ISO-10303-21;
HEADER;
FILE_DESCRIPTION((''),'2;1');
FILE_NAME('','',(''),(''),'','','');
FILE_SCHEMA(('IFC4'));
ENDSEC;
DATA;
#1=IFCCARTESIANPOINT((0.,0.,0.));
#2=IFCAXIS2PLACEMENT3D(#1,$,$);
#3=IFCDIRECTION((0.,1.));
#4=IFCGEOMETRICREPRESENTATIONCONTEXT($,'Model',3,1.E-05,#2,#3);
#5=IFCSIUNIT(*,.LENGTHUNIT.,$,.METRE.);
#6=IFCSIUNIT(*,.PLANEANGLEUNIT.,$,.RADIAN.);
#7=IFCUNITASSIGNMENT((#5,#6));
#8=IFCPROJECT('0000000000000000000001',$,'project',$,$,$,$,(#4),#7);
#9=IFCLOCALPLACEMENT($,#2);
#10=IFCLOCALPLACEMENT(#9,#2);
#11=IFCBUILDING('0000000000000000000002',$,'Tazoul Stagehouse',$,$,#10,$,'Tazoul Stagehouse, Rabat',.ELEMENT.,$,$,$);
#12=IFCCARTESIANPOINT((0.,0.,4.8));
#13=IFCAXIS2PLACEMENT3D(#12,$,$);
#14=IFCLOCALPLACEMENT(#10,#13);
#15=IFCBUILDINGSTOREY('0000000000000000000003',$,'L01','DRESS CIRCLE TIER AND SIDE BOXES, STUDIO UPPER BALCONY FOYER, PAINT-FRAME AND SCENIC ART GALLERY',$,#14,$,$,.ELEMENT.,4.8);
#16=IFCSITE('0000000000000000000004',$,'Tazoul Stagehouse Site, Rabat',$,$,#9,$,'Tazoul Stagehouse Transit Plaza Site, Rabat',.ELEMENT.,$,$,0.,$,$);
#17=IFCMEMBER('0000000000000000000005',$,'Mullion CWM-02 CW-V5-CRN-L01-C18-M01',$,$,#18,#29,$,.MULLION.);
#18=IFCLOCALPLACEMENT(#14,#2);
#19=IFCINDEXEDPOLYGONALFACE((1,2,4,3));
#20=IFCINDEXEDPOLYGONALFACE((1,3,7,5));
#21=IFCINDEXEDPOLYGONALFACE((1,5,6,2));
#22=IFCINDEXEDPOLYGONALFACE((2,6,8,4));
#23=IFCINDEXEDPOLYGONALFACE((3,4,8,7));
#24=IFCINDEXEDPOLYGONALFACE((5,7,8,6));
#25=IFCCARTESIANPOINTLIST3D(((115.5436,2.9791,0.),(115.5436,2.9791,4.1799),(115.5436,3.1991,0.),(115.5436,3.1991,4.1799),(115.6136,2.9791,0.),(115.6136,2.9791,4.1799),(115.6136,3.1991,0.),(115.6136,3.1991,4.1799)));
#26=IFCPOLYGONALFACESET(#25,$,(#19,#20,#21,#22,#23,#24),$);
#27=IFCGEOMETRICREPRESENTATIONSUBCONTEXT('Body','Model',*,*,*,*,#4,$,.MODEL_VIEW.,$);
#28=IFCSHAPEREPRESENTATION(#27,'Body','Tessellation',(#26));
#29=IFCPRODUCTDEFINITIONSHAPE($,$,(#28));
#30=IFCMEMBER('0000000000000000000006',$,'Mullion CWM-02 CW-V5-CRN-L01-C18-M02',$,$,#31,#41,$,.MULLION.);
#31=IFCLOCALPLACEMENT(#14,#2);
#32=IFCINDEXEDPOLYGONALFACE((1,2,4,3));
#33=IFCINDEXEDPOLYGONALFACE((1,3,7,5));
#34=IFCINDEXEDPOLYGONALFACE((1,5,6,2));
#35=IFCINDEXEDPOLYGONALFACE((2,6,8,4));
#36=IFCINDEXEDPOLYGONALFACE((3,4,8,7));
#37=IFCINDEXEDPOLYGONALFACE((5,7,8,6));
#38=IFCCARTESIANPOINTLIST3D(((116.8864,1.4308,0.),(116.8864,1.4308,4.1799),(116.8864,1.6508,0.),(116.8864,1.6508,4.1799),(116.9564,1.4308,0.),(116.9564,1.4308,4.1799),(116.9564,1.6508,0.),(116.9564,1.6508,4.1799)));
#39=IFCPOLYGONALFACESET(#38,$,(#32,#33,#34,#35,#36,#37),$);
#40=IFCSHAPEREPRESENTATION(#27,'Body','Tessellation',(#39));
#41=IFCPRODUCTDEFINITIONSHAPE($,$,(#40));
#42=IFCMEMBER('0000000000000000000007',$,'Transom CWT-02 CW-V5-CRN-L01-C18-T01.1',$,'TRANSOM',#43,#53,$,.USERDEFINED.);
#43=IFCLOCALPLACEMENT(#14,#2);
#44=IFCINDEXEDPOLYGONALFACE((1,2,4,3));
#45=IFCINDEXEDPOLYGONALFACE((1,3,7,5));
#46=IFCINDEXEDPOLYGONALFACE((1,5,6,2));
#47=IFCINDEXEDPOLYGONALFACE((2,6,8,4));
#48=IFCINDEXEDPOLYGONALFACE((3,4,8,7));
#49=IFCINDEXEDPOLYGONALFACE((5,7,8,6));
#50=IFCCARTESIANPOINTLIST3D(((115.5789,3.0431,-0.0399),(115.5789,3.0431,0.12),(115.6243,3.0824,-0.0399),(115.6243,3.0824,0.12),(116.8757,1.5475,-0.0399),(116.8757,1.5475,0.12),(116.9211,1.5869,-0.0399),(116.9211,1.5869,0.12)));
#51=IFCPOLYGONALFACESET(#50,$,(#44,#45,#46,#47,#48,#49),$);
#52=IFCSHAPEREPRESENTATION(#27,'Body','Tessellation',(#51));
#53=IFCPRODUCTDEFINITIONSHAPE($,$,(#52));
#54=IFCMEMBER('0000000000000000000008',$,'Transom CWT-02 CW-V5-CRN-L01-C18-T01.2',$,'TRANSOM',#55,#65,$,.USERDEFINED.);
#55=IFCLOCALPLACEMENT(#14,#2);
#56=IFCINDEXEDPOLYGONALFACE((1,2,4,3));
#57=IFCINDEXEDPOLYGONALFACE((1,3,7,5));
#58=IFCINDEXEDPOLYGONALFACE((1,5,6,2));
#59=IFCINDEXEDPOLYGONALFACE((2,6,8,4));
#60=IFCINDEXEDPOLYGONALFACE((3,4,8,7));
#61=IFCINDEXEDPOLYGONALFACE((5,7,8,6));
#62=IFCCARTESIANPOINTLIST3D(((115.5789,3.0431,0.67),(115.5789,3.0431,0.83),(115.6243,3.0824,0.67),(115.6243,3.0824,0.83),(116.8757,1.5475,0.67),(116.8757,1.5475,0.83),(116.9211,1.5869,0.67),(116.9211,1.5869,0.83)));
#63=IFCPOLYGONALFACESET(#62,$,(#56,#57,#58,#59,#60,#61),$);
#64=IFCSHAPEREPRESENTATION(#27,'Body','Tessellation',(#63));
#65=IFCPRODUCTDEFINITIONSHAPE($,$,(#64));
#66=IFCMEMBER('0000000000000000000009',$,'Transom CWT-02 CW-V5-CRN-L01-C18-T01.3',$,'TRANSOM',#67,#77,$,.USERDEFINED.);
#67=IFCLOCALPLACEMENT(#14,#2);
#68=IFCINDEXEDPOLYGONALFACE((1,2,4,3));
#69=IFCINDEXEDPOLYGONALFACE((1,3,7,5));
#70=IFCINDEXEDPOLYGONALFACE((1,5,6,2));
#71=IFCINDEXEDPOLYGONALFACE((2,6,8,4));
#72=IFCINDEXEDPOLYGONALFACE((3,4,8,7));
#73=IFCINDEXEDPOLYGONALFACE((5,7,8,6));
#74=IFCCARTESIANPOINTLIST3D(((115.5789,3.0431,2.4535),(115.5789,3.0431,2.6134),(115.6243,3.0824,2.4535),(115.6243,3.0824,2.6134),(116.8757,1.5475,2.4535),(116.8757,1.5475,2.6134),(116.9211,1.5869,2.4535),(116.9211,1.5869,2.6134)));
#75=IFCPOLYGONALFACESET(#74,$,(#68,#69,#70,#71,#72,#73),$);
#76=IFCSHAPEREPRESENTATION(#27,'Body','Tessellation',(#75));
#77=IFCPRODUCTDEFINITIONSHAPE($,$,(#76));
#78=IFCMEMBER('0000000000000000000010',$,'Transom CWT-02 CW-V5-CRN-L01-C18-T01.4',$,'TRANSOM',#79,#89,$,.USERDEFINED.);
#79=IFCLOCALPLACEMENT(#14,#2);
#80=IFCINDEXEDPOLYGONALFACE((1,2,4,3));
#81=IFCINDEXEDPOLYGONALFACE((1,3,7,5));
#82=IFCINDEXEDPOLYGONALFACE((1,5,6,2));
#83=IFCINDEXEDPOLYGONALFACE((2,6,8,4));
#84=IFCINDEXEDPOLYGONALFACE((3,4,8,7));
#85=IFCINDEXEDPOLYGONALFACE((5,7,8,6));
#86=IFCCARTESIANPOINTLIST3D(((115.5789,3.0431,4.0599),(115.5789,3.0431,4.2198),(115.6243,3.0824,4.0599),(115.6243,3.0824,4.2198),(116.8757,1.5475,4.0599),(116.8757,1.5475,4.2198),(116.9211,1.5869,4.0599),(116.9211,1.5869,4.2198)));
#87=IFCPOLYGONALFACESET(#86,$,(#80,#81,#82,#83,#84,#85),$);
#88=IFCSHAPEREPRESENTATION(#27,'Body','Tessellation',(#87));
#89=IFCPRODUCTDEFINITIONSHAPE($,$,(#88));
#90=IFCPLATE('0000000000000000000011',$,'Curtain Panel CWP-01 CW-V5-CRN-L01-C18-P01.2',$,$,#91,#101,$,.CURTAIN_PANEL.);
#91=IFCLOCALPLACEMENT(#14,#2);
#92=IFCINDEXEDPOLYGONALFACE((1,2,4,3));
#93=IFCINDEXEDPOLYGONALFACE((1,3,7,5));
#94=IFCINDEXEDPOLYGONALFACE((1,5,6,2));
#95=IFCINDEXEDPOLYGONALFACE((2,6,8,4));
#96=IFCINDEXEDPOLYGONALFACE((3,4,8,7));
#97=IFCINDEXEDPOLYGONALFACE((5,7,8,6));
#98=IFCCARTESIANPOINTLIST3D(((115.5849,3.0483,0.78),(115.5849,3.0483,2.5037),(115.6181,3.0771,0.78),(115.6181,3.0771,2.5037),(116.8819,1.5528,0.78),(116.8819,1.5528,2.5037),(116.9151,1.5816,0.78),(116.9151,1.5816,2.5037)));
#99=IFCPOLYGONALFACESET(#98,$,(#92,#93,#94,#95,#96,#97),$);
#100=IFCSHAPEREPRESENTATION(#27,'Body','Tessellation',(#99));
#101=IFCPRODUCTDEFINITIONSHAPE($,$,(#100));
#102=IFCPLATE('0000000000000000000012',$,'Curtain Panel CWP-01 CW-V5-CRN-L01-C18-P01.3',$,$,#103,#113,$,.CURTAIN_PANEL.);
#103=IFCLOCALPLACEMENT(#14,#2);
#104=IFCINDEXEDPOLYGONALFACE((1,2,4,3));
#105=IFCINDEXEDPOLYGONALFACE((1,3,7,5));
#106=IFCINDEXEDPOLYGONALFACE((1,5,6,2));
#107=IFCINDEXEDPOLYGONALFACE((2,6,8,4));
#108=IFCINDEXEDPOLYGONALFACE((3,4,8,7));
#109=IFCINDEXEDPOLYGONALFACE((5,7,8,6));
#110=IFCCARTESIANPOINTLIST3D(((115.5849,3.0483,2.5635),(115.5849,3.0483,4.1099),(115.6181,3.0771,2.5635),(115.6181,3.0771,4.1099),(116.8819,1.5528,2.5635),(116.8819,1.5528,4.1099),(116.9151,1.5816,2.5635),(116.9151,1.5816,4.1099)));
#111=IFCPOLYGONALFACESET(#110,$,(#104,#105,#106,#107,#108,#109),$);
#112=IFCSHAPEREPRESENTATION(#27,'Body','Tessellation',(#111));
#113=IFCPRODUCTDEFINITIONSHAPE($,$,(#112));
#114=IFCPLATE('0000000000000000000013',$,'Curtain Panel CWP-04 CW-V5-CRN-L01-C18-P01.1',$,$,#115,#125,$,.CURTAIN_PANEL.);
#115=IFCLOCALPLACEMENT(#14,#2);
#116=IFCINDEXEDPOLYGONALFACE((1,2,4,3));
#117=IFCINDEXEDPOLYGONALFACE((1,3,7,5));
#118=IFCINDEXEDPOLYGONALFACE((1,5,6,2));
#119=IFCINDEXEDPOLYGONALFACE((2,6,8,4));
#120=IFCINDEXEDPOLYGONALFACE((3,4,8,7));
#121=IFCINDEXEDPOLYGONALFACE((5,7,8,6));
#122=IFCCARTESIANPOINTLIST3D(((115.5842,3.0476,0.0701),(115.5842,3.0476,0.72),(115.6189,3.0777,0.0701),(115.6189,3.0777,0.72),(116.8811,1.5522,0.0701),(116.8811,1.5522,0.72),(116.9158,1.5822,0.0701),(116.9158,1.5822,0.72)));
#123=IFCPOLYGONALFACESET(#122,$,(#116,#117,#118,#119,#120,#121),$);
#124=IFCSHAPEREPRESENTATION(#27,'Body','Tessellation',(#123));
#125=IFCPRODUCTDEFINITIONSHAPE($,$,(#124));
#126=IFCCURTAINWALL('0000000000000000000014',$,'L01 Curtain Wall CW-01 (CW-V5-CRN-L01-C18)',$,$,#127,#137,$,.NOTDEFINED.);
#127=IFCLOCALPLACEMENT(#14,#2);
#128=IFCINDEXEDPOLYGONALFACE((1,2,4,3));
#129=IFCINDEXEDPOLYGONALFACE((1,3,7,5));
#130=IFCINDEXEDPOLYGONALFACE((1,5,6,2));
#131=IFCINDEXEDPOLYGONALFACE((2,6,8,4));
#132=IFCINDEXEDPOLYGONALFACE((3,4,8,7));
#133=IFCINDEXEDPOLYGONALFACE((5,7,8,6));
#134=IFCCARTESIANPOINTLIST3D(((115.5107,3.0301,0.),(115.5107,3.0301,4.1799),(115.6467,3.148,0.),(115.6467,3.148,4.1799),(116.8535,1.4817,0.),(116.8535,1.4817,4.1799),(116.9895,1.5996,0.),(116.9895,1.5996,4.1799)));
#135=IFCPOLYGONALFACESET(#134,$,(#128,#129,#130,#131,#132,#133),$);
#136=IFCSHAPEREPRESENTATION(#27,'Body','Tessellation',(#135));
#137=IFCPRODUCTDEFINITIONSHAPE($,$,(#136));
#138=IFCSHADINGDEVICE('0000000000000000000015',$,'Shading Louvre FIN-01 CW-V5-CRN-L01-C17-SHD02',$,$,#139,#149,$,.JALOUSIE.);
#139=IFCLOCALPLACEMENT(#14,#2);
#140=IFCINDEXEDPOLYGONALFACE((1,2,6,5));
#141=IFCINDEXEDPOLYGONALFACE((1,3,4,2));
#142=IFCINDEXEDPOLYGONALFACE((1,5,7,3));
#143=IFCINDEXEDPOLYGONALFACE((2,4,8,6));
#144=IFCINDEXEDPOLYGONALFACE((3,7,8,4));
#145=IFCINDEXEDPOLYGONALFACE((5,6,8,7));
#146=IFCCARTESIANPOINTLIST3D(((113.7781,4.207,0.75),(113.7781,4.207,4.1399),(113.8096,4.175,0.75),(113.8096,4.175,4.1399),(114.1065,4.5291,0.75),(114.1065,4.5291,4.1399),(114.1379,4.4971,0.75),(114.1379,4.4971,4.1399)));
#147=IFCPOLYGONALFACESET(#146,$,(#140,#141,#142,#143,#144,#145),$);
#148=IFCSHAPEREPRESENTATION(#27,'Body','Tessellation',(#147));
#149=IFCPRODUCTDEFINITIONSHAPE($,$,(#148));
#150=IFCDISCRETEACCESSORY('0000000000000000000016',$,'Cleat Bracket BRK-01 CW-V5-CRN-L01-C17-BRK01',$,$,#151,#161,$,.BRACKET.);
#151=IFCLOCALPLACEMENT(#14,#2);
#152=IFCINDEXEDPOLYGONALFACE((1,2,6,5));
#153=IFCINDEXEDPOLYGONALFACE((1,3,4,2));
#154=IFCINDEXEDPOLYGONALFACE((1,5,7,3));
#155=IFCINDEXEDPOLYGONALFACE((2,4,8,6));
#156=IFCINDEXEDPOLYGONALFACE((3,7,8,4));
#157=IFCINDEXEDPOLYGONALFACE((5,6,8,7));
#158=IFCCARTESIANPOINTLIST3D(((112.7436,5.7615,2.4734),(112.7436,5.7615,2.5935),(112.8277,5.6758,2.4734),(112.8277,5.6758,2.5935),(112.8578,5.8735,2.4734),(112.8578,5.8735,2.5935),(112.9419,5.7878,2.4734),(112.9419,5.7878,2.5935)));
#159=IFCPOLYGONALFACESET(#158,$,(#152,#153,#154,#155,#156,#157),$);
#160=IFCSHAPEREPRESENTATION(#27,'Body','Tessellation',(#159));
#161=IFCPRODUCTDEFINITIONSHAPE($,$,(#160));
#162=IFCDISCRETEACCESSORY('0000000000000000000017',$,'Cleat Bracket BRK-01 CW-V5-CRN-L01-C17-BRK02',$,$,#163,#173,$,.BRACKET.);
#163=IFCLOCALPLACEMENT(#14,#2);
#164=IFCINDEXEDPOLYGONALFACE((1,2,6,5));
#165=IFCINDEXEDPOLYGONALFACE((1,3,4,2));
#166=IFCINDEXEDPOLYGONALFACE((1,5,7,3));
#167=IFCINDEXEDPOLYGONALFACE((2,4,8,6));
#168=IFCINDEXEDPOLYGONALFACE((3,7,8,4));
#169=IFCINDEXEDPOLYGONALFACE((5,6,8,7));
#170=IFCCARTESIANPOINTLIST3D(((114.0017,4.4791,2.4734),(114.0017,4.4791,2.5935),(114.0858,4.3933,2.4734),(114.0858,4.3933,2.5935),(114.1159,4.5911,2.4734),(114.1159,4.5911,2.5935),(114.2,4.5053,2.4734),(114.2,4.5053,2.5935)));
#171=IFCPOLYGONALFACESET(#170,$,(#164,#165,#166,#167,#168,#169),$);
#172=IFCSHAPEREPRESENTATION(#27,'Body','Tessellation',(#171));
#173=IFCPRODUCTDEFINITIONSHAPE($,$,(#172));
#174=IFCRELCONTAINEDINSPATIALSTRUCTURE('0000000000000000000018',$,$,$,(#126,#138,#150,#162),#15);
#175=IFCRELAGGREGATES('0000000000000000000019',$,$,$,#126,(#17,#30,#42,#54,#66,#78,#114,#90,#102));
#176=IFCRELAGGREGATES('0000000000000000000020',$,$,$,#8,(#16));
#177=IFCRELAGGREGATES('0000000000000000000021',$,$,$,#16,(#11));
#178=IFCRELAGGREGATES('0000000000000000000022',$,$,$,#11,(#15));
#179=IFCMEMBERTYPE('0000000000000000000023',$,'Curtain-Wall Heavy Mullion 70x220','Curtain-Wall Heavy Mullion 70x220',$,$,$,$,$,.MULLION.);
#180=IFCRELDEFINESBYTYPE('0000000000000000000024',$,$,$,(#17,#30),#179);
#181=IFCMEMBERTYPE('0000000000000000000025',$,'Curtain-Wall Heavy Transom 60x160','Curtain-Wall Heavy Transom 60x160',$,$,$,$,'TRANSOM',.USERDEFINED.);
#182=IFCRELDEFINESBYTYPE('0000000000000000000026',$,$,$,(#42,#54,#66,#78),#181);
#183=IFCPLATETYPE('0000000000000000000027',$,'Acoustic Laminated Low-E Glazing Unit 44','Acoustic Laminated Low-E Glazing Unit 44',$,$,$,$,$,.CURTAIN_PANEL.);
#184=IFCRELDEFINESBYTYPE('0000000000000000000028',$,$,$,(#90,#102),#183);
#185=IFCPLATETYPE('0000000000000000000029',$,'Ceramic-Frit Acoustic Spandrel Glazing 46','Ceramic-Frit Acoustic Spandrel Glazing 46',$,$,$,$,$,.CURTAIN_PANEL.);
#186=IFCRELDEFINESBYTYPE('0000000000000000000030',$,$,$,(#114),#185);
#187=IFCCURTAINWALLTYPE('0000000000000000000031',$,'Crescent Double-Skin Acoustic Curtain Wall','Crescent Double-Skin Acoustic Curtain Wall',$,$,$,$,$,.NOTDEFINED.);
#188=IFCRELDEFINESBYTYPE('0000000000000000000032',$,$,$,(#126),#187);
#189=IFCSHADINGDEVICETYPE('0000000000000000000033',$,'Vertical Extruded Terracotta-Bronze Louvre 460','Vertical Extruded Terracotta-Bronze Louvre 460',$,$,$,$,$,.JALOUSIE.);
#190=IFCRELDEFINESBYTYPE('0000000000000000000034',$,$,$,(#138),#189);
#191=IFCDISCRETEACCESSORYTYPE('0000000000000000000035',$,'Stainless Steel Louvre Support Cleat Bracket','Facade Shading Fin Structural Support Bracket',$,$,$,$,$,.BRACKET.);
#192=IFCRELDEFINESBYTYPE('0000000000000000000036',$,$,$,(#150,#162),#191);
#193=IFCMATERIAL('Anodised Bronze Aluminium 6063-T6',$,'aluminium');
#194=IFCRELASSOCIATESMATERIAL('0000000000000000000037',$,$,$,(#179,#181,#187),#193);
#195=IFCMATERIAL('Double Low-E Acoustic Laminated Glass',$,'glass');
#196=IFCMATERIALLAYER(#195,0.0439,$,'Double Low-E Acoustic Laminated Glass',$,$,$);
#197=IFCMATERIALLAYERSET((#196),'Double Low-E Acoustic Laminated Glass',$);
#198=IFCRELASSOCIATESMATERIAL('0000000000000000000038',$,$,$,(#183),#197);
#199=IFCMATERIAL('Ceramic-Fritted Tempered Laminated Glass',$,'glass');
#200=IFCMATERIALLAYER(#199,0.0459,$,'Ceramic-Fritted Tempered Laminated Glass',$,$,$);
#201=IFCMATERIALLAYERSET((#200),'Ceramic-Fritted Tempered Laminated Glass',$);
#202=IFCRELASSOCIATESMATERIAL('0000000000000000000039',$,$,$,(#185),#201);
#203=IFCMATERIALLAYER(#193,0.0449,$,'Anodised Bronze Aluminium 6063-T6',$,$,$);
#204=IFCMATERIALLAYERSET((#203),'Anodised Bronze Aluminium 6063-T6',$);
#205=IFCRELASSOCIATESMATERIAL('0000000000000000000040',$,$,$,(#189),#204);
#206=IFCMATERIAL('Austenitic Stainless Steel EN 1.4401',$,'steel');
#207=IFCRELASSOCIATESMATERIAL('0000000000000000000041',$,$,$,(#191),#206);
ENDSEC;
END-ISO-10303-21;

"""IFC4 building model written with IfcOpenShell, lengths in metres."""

from ifc_helpers import new_model, si_unit, direction, frame, frame_2d, origin, origin_2d, place, context, subcontext, project, spatial, rectangle, extrude, material, layer, layer_set, material_profile, profile_set, type_object, element, aggregate, save


model = new_model("IFC4")

# Units and contexts
model_context = context("Model", 3, precision=1e-05, world=origin(), true_north=direction((0.0, 1.0)))
body_context = subcontext(model_context, "Body", "Model", "MODEL_VIEW")
ifc_project = project(units=[si_unit("LENGTHUNIT", "METRE"), si_unit("PLANEANGLEUNIT", "RADIAN")], contexts=[model_context])

# Members
ifc_material_1 = material(Name="Anodised Bronze Aluminium 6063-T6", Category="aluminium")
ifc_material_profile_1 = material_profile(ifc_material_1, rectangle(XDim=0.0701, YDim=0.22, at=origin_2d()), Name="ALU MULLION 70x220")
ifc_profile_set_1 = profile_set([ifc_material_profile_1], Name="Anodised Bronze Aluminium 6063-T6")
member_type_1 = type_object("IfcMemberType", Name="Curtain-Wall Heavy Mullion 70x220", Description="Curtain-Wall Heavy Mullion 70x220", PredefinedType="MULLION", material=ifc_profile_set_1)
site_placement = place(None, origin())
building_placement = place(site_placement, origin())
storey_placement = place(building_placement, frame((0.0, 0.0, 4.8)))
member_1_placement = place(storey_placement, frame((115.5786, 3.0891, 0.0), z_axis=(0.0, 0.0, 1.0), x_axis=(1.0, 0.0, 0.0)))
member_1 = element("IfcMember", 1, at=member_1_placement, type_object=member_type_1, Name="Mullion CWM-02 CW-V5-CRN-L01-C18-M01", PredefinedType="MULLION", context=body_context, shape_type="SweptSolid", body=[
    extrude(rectangle(XDim=0.0701, YDim=0.22, at=origin_2d()), origin(), (0.0, 0.0, 1.0), 4.1799),
])
member_2_placement = place(storey_placement, frame((116.9214, 1.5408, 0.0), z_axis=(0.0, 0.0, 1.0), x_axis=(1.0, 0.0, 0.0)))
member_2 = element("IfcMember", 2, at=member_2_placement, type_object=member_type_1, Name="Mullion CWM-02 CW-V5-CRN-L01-C18-M02", PredefinedType="MULLION", context=body_context, shape_type="SweptSolid", body=[
    extrude(rectangle(XDim=0.0701, YDim=0.22, at=origin_2d()), origin(), (0.0, 0.0, 1.0), 4.1799),
])
ifc_material_profile_2 = material_profile(ifc_material_1, rectangle(XDim=0.0601, YDim=0.1599, at=origin_2d()), Name="ALU TRANSOM 60x160")
ifc_profile_set_2 = profile_set([ifc_material_profile_2], Name="Anodised Bronze Aluminium 6063-T6")
member_type_2 = type_object("IfcMemberType", Name="Curtain-Wall Heavy Transom 60x160", Description="Curtain-Wall Heavy Transom 60x160", ElementType="TRANSOM", PredefinedType="USERDEFINED", material=ifc_profile_set_2)
member_3_placement = place(storey_placement, frame((115.6016, 3.0627, 0.04), z_axis=(0.655128, -0.755518, 0.0), x_axis=(0.755518, 0.655128, 0.0)))
member_3 = element("IfcMember", 3, at=member_3_placement, type_object=member_type_2, Name="Transom CWT-02 CW-V5-CRN-L01-C18-T01.1", ObjectType="TRANSOM", PredefinedType="USERDEFINED", context=body_context, shape_type="SweptSolid", body=[
    extrude(rectangle(XDim=0.0601, YDim=0.1599, at=origin_2d()), origin(), (0.0, 0.0, 1.0), 1.9795),
])
member_4_placement = place(storey_placement, frame((115.6016, 3.0627, 0.75), z_axis=(0.655128, -0.755518, 0.0), x_axis=(0.755518, 0.655128, 0.0)))
member_4 = element("IfcMember", 4, at=member_4_placement, type_object=member_type_2, Name="Transom CWT-02 CW-V5-CRN-L01-C18-T01.2", ObjectType="TRANSOM", PredefinedType="USERDEFINED", context=body_context, shape_type="SweptSolid", body=[
    extrude(rectangle(XDim=0.0601, YDim=0.1599, at=origin_2d()), origin(), (0.0, 0.0, 1.0), 1.9795),
])
member_5_placement = place(storey_placement, frame((115.6016, 3.0627, 2.5334), z_axis=(0.655128, -0.755518, 0.0), x_axis=(0.755518, 0.655128, 0.0)))
member_5 = element("IfcMember", 5, at=member_5_placement, type_object=member_type_2, Name="Transom CWT-02 CW-V5-CRN-L01-C18-T01.3", ObjectType="TRANSOM", PredefinedType="USERDEFINED", context=body_context, shape_type="SweptSolid", body=[
    extrude(rectangle(XDim=0.0601, YDim=0.1599, at=origin_2d()), origin(), (0.0, 0.0, 1.0), 1.9795),
])
member_6_placement = place(storey_placement, frame((115.6016, 3.0627, 4.1399), z_axis=(0.655128, -0.755518, 0.0), x_axis=(0.755518, 0.655128, 0.0)))
member_6 = element("IfcMember", 6, at=member_6_placement, type_object=member_type_2, Name="Transom CWT-02 CW-V5-CRN-L01-C18-T01.4", ObjectType="TRANSOM", PredefinedType="USERDEFINED", context=body_context, shape_type="SweptSolid", body=[
    extrude(rectangle(XDim=0.0601, YDim=0.1599, at=origin_2d()), origin(), (0.0, 0.0, 1.0), 1.9795),
])

# Plates
ifc_material_2 = material(Name="Double Low-E Acoustic Laminated Glass", Category="glass")
ifc_layer_1 = layer(ifc_material_2, 0.0439, Name="Double Low-E Acoustic Laminated Glass")
ifc_layer_set_1 = layer_set([ifc_layer_1], Name="Double Low-E Acoustic Laminated Glass")
plate_type_1 = type_object("IfcPlateType", Name="Acoustic Laminated Low-E Glazing Unit 44", Description="Acoustic Laminated Low-E Glazing Unit 44", PredefinedType="CURTAIN_PANEL", material=ifc_layer_set_1)
plate_1_placement = place(storey_placement, frame((116.25, 2.3149, 0.78), z_axis=(0.0, 0.0, 1.0), x_axis=(0.655168, -0.755483, 0.0)))
plate_1 = element("IfcPlate", 7, at=plate_1_placement, type_object=plate_type_1, Name="Curtain Panel CWP-01 CW-V5-CRN-L01-C18-P01.2", PredefinedType="CURTAIN_PANEL", context=body_context, shape_type="SweptSolid", body=[
    extrude(rectangle(XDim=1.9795, YDim=0.0439, at=origin_2d()), origin(), (0.0, 0.0, 1.0), 1.7236),
])
plate_2_placement = place(storey_placement, frame((116.25, 2.3149, 2.5635), z_axis=(0.0, 0.0, 1.0), x_axis=(0.655168, -0.755483, 0.0)))
plate_2 = element("IfcPlate", 8, at=plate_2_placement, type_object=plate_type_1, Name="Curtain Panel CWP-01 CW-V5-CRN-L01-C18-P01.3", PredefinedType="CURTAIN_PANEL", context=body_context, shape_type="SweptSolid", body=[
    extrude(rectangle(XDim=1.9795, YDim=0.0439, at=origin_2d()), origin(), (0.0, 0.0, 1.0), 1.5464),
])
ifc_material_3 = material(Name="Ceramic-Fritted Tempered Laminated Glass", Category="glass")
ifc_layer_2 = layer(ifc_material_3, 0.0459, Name="Ceramic-Fritted Tempered Laminated Glass")
ifc_layer_set_2 = layer_set([ifc_layer_2], Name="Ceramic-Fritted Tempered Laminated Glass")
plate_type_2 = type_object("IfcPlateType", Name="Ceramic-Frit Acoustic Spandrel Glazing 46", Description="Ceramic-Frit Acoustic Spandrel Glazing 46", PredefinedType="CURTAIN_PANEL", material=ifc_layer_set_2)
plate_3_placement = place(storey_placement, frame((116.25, 2.3149, 0.0701), z_axis=(0.0, 0.0, 1.0), x_axis=(0.655168, -0.755483, 0.0)))
plate_3 = element("IfcPlate", 9, at=plate_3_placement, type_object=plate_type_2, Name="Curtain Panel CWP-04 CW-V5-CRN-L01-C18-P01.1", PredefinedType="CURTAIN_PANEL", context=body_context, shape_type="SweptSolid", body=[
    extrude(rectangle(XDim=1.9795, YDim=0.0459, at=origin_2d()), origin(), (0.0, 0.0, 1.0), 0.6499),
])

# Site, building, storey
site = spatial("IfcSite", under=ifc_project, at=site_placement, Name="Tazoul Stagehouse Site, Rabat", LongName="Tazoul Stagehouse Transit Plaza Site, Rabat", CompositionType="ELEMENT", RefElevation=0.0)
building = spatial("IfcBuilding", under=site, at=building_placement, Name="Tazoul Stagehouse", LongName="Tazoul Stagehouse, Rabat", CompositionType="ELEMENT")
storey = spatial("IfcBuildingStorey", under=building, at=storey_placement, Name="L01", Description="DRESS CIRCLE TIER AND SIDE BOXES, STUDIO UPPER BALCONY FOYER, PAINT-FRAME AND SCENIC ART GALLERY", CompositionType="ELEMENT", Elevation=4.8)

# Curtain wall
curtain_wall_type = type_object("IfcCurtainWallType", Name="Crescent Double-Skin Acoustic Curtain Wall", Description="Crescent Double-Skin Acoustic Curtain Wall", PredefinedType="NOTDEFINED", material=ifc_material_1)
curtain_wall_placement = place(storey_placement, frame((115.5786, 3.0891, 0.0), z_axis=(0.0, 0.0, 1.0), x_axis=(0.655175, -0.755477, 0.0)))
curtain_wall = element("IfcCurtainWall", 10, at=curtain_wall_placement, inside=storey, type_object=curtain_wall_type, Name="L01 Curtain Wall CW-01 (CW-V5-CRN-L01-C18)", PredefinedType="NOTDEFINED", context=body_context, shape_type="SweptSolid", body=[
    extrude(rectangle(XDim=2.0496, YDim=0.1799, at=frame_2d((1.0249, 0.0))), origin(), (0.0, 0.0, 1.0), 4.1799),
])
aggregate(curtain_wall, [member_1, member_2, member_3, member_4, member_5, member_6, plate_3, plate_1, plate_2])

# Shading device
ifc_layer_3 = layer(ifc_material_1, 0.0449, Name="Anodised Bronze Aluminium 6063-T6")
ifc_layer_set_3 = layer_set([ifc_layer_3], Name="Anodised Bronze Aluminium 6063-T6")
shading_device_type = type_object("IfcShadingDeviceType", Name="Vertical Extruded Terracotta-Bronze Louvre 460", Description="Vertical Extruded Terracotta-Bronze Louvre 460", PredefinedType="JALOUSIE", material=ifc_layer_set_3)
shading_device_placement = place(storey_placement, frame((113.958, 4.3521, 0.75), z_axis=(0.0, 0.0, 1.0), x_axis=(0.700247, -0.713901, 0.0)))
element("IfcShadingDevice", 11, at=shading_device_placement, inside=storey, type_object=shading_device_type, Name="Shading Louvre FIN-01 CW-V5-CRN-L01-C17-SHD02", PredefinedType="JALOUSIE", context=body_context, shape_type="SweptSolid", body=[
    extrude(rectangle(XDim=0.0449, YDim=0.46, at=origin_2d()), origin(), (0.0, 0.0, 1.0), 3.3899),
])

# Discrete accessories
ifc_material_4 = material(Name="Austenitic Stainless Steel EN 1.4401", Category="steel")
discrete_accessory_type = type_object("IfcDiscreteAccessoryType", Name="Stainless Steel Louvre Support Cleat Bracket", Description="Facade Shading Fin Structural Support Bracket", PredefinedType="BRACKET", material=ifc_material_4)
for number, where, z_axis, x_axis, name in (
    (12, (112.8428, 5.7747, 2.4734), (0.0, 0.0, 1.0), (0.700247, -0.713901, 0.0), "Cleat Bracket BRK-01 CW-V5-CRN-L01-C17-BRK01"),
    (13, (114.1008, 4.4922, 2.4734), (0.0, 0.0, 1.0), (0.700247, -0.713901, 0.0), "Cleat Bracket BRK-01 CW-V5-CRN-L01-C17-BRK02"),
):
    element("IfcDiscreteAccessory", number, at=place(storey_placement, frame(where, z_axis=z_axis, x_axis=x_axis)), inside=storey, type_object=discrete_accessory_type, Name=name, PredefinedType="BRACKET", context=body_context, shape_type="SweptSolid", body=[
        extrude(rectangle(XDim=0.1201, YDim=0.1599, at=origin_2d()), origin(), (0.0, 0.0, 1.0), 0.1201),
    ])

save(model, "model.ifc")
